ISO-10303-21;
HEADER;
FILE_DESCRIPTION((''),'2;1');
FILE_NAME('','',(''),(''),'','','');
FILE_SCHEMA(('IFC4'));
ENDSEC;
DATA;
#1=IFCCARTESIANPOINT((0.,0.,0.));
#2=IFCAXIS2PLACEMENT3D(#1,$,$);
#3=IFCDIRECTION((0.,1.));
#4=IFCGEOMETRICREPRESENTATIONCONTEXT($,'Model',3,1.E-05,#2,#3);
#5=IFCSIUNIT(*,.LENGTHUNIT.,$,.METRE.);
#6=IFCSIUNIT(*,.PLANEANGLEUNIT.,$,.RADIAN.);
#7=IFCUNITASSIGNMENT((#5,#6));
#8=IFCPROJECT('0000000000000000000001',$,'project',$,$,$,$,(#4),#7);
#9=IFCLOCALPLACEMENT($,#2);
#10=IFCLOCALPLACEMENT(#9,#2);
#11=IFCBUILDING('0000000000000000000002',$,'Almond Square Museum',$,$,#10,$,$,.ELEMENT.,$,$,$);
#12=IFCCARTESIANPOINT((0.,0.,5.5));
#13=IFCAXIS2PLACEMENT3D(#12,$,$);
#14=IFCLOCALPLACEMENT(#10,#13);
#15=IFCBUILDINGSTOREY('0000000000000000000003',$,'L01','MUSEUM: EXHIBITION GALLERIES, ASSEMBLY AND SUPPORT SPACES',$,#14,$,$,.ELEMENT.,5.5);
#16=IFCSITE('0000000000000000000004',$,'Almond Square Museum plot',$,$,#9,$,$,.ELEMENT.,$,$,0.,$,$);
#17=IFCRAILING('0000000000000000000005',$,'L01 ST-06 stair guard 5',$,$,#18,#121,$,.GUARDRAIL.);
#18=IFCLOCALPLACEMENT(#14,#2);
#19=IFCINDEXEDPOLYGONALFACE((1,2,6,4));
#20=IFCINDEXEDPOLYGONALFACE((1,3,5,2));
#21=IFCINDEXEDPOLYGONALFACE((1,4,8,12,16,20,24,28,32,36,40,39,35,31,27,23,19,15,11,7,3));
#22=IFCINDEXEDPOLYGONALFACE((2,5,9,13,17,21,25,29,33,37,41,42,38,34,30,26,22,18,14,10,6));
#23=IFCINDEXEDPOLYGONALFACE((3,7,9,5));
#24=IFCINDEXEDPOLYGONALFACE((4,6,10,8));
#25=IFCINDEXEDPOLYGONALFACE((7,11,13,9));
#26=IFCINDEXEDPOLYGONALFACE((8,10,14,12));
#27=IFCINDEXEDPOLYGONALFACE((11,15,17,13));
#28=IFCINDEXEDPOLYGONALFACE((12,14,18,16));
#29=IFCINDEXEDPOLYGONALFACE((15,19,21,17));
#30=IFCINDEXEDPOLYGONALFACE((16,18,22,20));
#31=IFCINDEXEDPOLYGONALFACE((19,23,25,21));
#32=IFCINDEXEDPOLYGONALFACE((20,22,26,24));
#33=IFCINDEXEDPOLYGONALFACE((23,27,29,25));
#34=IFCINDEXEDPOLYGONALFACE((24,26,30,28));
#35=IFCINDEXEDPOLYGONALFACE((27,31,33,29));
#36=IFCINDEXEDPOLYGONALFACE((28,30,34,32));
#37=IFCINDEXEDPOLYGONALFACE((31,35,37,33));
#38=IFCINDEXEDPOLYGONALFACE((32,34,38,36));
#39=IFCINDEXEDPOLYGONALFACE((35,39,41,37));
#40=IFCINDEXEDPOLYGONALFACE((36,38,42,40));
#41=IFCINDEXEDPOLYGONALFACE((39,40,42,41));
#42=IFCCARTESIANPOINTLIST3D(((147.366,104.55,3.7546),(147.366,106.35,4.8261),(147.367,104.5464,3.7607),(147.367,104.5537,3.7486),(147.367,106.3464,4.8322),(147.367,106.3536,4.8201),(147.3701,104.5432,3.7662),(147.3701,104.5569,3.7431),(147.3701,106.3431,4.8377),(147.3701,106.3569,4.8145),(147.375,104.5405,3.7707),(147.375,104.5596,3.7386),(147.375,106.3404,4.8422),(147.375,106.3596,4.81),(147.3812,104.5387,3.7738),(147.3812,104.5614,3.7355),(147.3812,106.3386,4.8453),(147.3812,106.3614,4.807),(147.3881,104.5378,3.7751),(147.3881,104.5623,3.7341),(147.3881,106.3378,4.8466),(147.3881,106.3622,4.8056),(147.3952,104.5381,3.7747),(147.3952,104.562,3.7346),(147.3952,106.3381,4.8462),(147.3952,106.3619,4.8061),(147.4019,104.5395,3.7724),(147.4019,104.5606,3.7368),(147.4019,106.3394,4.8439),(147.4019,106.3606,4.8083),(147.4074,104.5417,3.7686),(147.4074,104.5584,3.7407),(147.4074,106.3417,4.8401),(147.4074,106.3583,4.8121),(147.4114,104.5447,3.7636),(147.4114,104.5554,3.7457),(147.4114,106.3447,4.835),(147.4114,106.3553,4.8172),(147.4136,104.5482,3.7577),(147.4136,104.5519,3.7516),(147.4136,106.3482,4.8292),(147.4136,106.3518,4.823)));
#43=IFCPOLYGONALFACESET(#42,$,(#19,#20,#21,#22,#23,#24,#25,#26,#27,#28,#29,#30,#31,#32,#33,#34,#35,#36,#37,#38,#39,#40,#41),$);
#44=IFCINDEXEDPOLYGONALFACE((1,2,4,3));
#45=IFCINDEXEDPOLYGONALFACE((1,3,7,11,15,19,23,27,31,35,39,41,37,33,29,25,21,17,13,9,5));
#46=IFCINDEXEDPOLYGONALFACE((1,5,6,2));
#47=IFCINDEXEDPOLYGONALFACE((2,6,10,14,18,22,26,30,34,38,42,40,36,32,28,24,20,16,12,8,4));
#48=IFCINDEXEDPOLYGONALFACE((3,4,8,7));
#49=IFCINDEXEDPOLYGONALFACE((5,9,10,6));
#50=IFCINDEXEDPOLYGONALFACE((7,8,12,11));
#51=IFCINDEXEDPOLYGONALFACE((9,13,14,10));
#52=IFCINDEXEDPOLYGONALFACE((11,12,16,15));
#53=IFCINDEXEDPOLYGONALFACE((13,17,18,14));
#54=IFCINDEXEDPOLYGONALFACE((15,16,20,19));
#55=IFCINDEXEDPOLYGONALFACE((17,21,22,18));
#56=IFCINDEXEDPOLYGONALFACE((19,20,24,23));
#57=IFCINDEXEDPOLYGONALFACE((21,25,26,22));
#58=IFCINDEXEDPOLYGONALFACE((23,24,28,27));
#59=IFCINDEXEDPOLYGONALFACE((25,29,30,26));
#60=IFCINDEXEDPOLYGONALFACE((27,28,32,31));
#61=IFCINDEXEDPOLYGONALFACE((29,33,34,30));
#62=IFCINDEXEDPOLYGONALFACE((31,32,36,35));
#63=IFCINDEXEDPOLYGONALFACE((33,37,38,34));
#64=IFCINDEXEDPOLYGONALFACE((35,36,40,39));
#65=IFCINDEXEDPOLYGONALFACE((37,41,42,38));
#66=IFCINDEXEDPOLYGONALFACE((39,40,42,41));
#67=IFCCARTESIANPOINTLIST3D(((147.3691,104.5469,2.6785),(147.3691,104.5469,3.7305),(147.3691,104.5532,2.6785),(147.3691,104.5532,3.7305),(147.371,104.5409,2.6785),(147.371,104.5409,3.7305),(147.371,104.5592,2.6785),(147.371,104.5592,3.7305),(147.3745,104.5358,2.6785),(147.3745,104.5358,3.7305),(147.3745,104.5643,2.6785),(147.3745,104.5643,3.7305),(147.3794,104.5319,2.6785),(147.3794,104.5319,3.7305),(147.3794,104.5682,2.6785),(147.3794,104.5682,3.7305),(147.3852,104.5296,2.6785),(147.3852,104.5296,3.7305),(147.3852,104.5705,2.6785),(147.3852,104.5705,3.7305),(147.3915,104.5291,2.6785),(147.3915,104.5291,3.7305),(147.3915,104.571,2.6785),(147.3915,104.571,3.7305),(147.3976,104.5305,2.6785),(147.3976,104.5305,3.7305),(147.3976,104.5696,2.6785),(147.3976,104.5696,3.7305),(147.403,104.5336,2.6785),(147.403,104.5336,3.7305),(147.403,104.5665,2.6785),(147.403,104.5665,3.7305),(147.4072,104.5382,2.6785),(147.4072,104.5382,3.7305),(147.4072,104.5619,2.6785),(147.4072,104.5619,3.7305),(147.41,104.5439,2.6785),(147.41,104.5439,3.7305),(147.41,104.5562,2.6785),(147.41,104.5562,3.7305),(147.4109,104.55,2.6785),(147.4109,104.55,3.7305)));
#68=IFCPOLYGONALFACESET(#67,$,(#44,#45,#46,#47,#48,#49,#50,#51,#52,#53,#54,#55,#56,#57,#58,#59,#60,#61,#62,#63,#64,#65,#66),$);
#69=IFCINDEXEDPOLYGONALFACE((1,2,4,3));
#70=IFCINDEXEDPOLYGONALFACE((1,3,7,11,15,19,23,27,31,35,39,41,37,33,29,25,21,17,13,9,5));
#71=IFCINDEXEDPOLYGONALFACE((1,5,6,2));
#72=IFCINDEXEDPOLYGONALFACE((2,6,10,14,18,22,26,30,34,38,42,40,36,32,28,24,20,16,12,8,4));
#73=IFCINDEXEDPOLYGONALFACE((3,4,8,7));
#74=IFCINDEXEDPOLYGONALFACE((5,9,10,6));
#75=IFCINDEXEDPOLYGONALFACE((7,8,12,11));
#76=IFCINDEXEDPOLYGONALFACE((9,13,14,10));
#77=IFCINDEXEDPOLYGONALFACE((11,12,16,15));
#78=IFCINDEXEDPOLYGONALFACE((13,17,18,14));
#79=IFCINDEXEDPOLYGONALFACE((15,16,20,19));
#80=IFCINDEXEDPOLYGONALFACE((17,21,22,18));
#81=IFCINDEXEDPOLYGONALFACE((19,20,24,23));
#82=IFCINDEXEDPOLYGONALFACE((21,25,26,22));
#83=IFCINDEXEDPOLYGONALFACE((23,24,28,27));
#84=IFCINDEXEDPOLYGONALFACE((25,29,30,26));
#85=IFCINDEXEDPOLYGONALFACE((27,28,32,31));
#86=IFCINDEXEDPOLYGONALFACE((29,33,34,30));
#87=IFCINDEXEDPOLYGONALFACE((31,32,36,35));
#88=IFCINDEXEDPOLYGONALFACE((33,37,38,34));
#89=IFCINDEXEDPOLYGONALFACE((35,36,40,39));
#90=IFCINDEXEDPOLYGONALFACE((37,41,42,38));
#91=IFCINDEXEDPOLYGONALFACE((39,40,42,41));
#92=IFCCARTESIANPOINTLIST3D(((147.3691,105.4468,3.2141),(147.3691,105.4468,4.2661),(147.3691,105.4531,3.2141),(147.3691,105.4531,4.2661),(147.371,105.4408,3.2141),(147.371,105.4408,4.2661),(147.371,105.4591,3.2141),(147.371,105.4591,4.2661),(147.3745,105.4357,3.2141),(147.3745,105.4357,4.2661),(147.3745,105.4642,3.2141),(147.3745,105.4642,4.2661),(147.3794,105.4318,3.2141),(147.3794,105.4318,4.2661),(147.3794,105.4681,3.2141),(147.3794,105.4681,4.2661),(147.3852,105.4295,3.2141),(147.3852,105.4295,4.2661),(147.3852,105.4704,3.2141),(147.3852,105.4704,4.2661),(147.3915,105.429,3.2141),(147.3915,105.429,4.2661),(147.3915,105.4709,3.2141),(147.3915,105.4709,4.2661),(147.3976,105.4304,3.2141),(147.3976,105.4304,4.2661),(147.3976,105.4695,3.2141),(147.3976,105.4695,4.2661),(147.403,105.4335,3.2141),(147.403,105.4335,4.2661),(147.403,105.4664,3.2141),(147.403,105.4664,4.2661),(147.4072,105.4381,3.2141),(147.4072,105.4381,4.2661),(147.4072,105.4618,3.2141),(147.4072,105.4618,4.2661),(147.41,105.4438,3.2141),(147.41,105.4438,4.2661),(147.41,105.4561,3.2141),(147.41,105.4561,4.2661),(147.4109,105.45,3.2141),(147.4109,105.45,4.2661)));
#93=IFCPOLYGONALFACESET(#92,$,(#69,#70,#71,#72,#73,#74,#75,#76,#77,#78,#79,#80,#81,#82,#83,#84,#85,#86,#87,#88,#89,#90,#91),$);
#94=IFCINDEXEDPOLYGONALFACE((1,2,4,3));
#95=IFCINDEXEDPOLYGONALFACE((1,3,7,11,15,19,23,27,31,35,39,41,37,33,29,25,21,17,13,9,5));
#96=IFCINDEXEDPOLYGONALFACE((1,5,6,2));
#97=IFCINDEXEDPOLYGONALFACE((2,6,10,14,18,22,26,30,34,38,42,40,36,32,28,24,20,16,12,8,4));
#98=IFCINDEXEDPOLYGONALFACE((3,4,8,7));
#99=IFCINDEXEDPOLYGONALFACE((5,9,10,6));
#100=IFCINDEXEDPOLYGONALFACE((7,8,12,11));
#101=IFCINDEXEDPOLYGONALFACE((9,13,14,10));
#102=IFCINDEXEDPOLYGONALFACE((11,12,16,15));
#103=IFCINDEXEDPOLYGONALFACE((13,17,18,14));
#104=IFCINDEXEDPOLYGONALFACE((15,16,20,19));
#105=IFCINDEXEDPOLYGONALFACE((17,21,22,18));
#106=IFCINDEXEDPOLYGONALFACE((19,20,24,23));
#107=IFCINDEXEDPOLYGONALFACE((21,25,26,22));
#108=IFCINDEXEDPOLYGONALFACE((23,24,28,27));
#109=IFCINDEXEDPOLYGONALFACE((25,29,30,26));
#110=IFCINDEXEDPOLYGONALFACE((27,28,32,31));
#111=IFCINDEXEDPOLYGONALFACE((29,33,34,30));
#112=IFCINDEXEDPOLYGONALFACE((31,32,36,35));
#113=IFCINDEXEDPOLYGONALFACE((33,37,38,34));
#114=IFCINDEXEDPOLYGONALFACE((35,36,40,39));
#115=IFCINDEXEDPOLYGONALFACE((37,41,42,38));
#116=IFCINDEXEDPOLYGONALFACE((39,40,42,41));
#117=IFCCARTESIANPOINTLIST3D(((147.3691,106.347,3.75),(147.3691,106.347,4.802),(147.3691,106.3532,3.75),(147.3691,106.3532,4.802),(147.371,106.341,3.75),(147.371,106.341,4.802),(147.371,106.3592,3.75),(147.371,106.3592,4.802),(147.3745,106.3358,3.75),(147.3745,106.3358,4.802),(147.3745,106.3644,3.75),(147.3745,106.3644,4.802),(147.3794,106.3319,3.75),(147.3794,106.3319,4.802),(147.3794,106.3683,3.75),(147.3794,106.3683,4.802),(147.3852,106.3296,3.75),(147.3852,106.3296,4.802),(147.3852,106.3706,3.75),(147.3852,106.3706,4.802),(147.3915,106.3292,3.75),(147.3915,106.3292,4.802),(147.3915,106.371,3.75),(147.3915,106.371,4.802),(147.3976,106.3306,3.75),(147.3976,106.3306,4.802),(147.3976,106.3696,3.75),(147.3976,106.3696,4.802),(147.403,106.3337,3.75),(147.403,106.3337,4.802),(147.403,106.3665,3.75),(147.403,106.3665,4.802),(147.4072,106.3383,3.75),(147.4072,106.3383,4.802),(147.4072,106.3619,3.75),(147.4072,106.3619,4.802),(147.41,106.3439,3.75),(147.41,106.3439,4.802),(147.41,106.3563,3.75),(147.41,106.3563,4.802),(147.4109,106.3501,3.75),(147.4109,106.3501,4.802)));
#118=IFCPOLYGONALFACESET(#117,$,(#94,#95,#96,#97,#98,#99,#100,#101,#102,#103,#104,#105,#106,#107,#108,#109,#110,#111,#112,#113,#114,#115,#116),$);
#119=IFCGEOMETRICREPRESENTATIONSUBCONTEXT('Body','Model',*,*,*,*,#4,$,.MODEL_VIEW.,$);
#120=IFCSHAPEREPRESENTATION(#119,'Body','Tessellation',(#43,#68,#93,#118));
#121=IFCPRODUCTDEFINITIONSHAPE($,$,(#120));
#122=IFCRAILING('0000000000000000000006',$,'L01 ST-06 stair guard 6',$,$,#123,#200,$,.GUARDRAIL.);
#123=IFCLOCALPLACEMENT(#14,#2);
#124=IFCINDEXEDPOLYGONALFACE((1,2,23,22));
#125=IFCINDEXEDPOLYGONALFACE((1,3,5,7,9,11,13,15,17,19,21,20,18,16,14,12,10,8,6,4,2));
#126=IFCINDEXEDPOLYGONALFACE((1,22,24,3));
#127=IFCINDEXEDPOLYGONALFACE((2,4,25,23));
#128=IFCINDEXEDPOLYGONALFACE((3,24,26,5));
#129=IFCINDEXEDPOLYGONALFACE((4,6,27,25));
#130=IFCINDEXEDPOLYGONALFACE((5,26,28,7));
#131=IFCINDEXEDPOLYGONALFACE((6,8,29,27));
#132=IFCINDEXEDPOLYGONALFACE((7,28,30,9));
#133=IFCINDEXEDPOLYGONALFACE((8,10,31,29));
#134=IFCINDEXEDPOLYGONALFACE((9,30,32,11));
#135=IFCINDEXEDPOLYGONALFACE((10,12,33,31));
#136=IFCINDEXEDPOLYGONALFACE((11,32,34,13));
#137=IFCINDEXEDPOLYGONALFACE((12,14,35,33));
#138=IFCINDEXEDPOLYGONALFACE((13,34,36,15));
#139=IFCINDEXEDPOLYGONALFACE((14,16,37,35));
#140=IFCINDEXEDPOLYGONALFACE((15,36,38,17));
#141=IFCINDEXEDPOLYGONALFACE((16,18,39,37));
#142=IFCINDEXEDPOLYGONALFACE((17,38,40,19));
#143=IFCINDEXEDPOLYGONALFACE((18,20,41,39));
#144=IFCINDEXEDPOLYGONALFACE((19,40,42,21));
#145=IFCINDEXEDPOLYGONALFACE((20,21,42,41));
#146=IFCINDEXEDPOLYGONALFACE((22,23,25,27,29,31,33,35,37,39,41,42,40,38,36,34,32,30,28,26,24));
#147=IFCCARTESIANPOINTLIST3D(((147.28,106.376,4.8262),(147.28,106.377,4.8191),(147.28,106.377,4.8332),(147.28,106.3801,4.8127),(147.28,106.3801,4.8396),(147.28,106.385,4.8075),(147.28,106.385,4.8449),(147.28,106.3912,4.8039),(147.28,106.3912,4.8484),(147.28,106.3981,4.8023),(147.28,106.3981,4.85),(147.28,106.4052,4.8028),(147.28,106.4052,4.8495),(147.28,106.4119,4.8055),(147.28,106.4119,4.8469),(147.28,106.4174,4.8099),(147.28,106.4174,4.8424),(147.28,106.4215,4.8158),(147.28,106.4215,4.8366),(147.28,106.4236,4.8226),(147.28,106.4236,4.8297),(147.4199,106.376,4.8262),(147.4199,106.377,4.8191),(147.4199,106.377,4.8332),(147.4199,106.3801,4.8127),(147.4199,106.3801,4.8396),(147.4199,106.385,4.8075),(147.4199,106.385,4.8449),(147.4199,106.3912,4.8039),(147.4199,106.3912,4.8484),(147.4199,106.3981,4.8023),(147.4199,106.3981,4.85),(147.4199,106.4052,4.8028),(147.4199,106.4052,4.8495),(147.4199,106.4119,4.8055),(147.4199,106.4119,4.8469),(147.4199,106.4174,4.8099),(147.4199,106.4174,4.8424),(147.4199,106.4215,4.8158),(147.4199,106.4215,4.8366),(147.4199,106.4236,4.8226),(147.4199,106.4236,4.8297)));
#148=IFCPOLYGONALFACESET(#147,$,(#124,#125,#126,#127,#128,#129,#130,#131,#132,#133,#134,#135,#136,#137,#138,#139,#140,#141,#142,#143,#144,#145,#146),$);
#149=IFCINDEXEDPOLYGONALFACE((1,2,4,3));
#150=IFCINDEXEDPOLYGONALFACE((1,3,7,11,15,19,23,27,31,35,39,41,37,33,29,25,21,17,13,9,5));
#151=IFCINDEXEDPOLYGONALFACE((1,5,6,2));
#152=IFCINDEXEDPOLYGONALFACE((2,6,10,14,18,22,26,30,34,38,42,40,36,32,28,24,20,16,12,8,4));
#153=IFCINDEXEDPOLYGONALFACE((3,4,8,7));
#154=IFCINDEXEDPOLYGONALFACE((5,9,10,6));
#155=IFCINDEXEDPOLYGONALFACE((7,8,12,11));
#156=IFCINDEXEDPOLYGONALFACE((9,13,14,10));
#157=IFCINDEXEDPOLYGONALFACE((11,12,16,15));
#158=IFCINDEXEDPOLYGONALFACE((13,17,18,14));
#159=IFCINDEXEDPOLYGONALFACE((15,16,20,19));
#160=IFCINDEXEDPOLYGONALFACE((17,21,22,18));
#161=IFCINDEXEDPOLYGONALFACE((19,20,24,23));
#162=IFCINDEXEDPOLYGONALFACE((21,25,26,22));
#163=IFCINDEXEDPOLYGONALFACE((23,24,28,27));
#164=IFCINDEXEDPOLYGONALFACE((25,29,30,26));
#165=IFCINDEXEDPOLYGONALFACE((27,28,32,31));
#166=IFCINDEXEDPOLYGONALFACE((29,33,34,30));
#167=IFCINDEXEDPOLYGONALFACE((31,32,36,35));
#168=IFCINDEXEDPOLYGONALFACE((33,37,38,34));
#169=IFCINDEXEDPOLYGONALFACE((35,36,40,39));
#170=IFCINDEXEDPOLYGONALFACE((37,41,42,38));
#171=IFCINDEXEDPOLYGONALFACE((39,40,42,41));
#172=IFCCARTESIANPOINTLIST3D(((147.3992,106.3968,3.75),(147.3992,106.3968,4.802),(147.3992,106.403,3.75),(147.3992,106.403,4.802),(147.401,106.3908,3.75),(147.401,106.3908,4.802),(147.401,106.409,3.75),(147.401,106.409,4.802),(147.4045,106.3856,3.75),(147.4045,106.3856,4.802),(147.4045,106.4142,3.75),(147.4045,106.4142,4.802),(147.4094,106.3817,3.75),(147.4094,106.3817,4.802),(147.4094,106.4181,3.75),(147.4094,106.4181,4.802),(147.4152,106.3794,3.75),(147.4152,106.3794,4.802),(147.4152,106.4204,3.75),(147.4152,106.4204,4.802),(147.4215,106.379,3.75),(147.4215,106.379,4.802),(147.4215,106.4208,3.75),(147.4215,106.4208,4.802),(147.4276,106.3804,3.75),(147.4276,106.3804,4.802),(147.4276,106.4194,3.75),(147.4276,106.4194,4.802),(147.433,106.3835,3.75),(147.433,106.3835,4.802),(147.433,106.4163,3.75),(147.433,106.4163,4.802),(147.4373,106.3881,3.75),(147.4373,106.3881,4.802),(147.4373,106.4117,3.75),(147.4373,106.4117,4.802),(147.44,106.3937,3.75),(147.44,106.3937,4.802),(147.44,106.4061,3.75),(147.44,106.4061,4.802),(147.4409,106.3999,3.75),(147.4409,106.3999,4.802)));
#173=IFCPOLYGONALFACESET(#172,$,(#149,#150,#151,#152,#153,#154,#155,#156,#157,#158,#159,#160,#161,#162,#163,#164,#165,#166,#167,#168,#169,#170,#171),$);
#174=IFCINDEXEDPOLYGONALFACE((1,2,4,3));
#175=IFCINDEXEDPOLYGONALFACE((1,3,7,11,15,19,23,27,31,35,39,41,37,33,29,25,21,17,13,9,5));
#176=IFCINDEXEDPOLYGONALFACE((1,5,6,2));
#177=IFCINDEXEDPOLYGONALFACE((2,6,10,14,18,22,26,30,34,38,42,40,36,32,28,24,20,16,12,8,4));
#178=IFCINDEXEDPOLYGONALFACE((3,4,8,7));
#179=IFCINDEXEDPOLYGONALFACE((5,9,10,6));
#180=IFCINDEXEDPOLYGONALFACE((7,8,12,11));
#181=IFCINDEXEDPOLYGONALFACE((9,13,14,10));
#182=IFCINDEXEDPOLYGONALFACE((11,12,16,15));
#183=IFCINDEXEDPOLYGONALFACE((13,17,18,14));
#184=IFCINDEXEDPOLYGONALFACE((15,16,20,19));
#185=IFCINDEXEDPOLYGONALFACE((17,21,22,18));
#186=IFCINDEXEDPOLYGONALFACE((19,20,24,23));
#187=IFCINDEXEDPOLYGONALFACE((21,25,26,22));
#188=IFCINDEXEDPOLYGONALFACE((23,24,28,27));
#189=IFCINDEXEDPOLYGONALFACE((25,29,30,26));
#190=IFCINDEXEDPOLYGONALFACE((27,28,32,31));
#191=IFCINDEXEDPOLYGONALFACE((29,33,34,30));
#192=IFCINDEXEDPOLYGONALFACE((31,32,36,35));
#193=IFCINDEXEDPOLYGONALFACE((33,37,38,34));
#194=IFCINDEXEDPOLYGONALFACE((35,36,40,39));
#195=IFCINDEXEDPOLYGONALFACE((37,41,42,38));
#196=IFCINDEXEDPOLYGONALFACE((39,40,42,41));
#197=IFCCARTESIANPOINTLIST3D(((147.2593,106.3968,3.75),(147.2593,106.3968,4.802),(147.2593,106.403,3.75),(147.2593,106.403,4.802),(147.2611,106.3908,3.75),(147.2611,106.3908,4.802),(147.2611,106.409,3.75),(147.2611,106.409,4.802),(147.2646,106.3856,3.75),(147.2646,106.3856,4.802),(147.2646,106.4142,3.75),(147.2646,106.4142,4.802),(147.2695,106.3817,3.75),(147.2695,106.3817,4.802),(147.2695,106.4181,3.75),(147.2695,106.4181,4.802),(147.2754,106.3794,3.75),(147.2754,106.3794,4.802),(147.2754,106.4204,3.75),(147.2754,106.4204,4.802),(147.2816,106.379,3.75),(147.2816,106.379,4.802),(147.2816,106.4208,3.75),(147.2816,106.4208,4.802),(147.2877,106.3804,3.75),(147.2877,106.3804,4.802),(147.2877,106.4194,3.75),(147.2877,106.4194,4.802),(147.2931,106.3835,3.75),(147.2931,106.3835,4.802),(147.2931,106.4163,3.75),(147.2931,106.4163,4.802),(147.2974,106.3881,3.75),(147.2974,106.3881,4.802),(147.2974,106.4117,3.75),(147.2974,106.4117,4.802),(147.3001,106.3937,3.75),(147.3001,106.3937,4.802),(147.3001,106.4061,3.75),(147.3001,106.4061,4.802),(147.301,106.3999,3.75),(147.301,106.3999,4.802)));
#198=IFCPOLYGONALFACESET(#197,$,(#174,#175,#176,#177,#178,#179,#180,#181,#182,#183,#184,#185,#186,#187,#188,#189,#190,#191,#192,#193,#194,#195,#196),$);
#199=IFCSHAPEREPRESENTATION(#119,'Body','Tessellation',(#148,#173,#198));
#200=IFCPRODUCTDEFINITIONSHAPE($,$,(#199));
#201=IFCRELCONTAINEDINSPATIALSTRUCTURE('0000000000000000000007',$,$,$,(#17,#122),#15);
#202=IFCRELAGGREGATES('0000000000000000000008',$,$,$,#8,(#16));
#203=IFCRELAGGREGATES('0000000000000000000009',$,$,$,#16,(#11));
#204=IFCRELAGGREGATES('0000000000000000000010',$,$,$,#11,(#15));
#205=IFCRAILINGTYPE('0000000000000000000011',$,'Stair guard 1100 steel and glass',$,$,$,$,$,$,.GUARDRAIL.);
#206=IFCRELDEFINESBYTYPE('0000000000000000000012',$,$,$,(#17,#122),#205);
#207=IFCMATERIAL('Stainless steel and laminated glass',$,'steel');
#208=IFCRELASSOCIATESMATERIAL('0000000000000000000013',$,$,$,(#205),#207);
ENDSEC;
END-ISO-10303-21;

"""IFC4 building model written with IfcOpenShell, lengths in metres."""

from ifc_helpers import new_model, si_unit, direction, frame, origin, origin_2d, place, context, subcontext, project, spatial, circle, extrude, material, type_object, element, save


model = new_model("IFC4")

# Units and contexts
model_context = context("Model", 3, precision=1e-05, world=origin(), true_north=direction((0.0, 1.0)))
body_context = subcontext(model_context, "Body", "Model", "MODEL_VIEW")
ifc_project = project(units=[si_unit("LENGTHUNIT", "METRE"), si_unit("PLANEANGLEUNIT", "RADIAN")], contexts=[model_context])

# Site, building, storey
site_placement = place(None, origin())
site = spatial("IfcSite", under=ifc_project, at=site_placement, Name="Almond Square Museum plot", CompositionType="ELEMENT", RefElevation=0.0)
building_placement = place(site_placement, origin())
building = spatial("IfcBuilding", under=site, at=building_placement, Name="Almond Square Museum", CompositionType="ELEMENT")
storey_placement = place(building_placement, frame((0.0, 0.0, 5.5)))
storey = spatial("IfcBuildingStorey", under=building, at=storey_placement, Name="L01", Description="MUSEUM: EXHIBITION GALLERIES, ASSEMBLY AND SUPPORT SPACES", CompositionType="ELEMENT", Elevation=5.5)

# Railings
ifc_material_1 = material(Name="Stainless steel and laminated glass", Category="steel")
railing_type_1 = type_object("IfcRailingType", Name="Stair guard 1100 steel and glass", PredefinedType="GUARDRAIL", material=ifc_material_1)
railing_1_placement = place(storey_placement, frame((147.3899, 104.55, 2.6785)))
element("IfcRailing", 1, at=railing_1_placement, inside=storey, type_object=railing_type_1, Name="L01 ST-06 stair guard 5", PredefinedType="GUARDRAIL", context=body_context, shape_type="SweptSolid", body=[
    extrude(circle(Radius=0.0239, at=origin_2d()), frame((0.0, 0.0, 1.0762), z_axis=(0.0, 0.859277, 0.51151), x_axis=(-1.0, 0.0, 0.0)), (0.0, 0.0, 1.0), 2.0947),
    extrude(circle(Radius=0.021, at=origin_2d()), origin(), (0.0, 0.0, 1.0), 1.052),
    extrude(circle(Radius=0.021, at=origin_2d()), frame((0.0, 0.8999, 0.5356)), (0.0, 0.0, 1.0), 1.052),
    extrude(circle(Radius=0.021, at=origin_2d()), frame((0.0, 1.8, 1.0715)), (0.0, 0.0, 1.0), 1.052),
])
railing_2_placement = place(storey_placement, frame((147.4199, 106.3999, 3.75)))
element("IfcRailing", 2, at=railing_2_placement, inside=storey, type_object=railing_type_1, Name="L01 ST-06 stair guard 6", PredefinedType="GUARDRAIL", context=body_context, shape_type="SweptSolid", body=[
    extrude(circle(Radius=0.0239, at=origin_2d()), frame((0.0, 0.0, 1.0762), z_axis=(-1.0, 0.0, 0.0), x_axis=(0.0, -1.0, 0.0)), (0.0, 0.0, 1.0), 0.1399),
    extrude(circle(Radius=0.021, at=origin_2d()), origin(), (0.0, 0.0, 1.0), 1.052),
    extrude(circle(Radius=0.021, at=origin_2d()), frame((-0.1399, 0.0, 0.0)), (0.0, 0.0, 1.0), 1.052),
])

save(model, "model.ifc")
